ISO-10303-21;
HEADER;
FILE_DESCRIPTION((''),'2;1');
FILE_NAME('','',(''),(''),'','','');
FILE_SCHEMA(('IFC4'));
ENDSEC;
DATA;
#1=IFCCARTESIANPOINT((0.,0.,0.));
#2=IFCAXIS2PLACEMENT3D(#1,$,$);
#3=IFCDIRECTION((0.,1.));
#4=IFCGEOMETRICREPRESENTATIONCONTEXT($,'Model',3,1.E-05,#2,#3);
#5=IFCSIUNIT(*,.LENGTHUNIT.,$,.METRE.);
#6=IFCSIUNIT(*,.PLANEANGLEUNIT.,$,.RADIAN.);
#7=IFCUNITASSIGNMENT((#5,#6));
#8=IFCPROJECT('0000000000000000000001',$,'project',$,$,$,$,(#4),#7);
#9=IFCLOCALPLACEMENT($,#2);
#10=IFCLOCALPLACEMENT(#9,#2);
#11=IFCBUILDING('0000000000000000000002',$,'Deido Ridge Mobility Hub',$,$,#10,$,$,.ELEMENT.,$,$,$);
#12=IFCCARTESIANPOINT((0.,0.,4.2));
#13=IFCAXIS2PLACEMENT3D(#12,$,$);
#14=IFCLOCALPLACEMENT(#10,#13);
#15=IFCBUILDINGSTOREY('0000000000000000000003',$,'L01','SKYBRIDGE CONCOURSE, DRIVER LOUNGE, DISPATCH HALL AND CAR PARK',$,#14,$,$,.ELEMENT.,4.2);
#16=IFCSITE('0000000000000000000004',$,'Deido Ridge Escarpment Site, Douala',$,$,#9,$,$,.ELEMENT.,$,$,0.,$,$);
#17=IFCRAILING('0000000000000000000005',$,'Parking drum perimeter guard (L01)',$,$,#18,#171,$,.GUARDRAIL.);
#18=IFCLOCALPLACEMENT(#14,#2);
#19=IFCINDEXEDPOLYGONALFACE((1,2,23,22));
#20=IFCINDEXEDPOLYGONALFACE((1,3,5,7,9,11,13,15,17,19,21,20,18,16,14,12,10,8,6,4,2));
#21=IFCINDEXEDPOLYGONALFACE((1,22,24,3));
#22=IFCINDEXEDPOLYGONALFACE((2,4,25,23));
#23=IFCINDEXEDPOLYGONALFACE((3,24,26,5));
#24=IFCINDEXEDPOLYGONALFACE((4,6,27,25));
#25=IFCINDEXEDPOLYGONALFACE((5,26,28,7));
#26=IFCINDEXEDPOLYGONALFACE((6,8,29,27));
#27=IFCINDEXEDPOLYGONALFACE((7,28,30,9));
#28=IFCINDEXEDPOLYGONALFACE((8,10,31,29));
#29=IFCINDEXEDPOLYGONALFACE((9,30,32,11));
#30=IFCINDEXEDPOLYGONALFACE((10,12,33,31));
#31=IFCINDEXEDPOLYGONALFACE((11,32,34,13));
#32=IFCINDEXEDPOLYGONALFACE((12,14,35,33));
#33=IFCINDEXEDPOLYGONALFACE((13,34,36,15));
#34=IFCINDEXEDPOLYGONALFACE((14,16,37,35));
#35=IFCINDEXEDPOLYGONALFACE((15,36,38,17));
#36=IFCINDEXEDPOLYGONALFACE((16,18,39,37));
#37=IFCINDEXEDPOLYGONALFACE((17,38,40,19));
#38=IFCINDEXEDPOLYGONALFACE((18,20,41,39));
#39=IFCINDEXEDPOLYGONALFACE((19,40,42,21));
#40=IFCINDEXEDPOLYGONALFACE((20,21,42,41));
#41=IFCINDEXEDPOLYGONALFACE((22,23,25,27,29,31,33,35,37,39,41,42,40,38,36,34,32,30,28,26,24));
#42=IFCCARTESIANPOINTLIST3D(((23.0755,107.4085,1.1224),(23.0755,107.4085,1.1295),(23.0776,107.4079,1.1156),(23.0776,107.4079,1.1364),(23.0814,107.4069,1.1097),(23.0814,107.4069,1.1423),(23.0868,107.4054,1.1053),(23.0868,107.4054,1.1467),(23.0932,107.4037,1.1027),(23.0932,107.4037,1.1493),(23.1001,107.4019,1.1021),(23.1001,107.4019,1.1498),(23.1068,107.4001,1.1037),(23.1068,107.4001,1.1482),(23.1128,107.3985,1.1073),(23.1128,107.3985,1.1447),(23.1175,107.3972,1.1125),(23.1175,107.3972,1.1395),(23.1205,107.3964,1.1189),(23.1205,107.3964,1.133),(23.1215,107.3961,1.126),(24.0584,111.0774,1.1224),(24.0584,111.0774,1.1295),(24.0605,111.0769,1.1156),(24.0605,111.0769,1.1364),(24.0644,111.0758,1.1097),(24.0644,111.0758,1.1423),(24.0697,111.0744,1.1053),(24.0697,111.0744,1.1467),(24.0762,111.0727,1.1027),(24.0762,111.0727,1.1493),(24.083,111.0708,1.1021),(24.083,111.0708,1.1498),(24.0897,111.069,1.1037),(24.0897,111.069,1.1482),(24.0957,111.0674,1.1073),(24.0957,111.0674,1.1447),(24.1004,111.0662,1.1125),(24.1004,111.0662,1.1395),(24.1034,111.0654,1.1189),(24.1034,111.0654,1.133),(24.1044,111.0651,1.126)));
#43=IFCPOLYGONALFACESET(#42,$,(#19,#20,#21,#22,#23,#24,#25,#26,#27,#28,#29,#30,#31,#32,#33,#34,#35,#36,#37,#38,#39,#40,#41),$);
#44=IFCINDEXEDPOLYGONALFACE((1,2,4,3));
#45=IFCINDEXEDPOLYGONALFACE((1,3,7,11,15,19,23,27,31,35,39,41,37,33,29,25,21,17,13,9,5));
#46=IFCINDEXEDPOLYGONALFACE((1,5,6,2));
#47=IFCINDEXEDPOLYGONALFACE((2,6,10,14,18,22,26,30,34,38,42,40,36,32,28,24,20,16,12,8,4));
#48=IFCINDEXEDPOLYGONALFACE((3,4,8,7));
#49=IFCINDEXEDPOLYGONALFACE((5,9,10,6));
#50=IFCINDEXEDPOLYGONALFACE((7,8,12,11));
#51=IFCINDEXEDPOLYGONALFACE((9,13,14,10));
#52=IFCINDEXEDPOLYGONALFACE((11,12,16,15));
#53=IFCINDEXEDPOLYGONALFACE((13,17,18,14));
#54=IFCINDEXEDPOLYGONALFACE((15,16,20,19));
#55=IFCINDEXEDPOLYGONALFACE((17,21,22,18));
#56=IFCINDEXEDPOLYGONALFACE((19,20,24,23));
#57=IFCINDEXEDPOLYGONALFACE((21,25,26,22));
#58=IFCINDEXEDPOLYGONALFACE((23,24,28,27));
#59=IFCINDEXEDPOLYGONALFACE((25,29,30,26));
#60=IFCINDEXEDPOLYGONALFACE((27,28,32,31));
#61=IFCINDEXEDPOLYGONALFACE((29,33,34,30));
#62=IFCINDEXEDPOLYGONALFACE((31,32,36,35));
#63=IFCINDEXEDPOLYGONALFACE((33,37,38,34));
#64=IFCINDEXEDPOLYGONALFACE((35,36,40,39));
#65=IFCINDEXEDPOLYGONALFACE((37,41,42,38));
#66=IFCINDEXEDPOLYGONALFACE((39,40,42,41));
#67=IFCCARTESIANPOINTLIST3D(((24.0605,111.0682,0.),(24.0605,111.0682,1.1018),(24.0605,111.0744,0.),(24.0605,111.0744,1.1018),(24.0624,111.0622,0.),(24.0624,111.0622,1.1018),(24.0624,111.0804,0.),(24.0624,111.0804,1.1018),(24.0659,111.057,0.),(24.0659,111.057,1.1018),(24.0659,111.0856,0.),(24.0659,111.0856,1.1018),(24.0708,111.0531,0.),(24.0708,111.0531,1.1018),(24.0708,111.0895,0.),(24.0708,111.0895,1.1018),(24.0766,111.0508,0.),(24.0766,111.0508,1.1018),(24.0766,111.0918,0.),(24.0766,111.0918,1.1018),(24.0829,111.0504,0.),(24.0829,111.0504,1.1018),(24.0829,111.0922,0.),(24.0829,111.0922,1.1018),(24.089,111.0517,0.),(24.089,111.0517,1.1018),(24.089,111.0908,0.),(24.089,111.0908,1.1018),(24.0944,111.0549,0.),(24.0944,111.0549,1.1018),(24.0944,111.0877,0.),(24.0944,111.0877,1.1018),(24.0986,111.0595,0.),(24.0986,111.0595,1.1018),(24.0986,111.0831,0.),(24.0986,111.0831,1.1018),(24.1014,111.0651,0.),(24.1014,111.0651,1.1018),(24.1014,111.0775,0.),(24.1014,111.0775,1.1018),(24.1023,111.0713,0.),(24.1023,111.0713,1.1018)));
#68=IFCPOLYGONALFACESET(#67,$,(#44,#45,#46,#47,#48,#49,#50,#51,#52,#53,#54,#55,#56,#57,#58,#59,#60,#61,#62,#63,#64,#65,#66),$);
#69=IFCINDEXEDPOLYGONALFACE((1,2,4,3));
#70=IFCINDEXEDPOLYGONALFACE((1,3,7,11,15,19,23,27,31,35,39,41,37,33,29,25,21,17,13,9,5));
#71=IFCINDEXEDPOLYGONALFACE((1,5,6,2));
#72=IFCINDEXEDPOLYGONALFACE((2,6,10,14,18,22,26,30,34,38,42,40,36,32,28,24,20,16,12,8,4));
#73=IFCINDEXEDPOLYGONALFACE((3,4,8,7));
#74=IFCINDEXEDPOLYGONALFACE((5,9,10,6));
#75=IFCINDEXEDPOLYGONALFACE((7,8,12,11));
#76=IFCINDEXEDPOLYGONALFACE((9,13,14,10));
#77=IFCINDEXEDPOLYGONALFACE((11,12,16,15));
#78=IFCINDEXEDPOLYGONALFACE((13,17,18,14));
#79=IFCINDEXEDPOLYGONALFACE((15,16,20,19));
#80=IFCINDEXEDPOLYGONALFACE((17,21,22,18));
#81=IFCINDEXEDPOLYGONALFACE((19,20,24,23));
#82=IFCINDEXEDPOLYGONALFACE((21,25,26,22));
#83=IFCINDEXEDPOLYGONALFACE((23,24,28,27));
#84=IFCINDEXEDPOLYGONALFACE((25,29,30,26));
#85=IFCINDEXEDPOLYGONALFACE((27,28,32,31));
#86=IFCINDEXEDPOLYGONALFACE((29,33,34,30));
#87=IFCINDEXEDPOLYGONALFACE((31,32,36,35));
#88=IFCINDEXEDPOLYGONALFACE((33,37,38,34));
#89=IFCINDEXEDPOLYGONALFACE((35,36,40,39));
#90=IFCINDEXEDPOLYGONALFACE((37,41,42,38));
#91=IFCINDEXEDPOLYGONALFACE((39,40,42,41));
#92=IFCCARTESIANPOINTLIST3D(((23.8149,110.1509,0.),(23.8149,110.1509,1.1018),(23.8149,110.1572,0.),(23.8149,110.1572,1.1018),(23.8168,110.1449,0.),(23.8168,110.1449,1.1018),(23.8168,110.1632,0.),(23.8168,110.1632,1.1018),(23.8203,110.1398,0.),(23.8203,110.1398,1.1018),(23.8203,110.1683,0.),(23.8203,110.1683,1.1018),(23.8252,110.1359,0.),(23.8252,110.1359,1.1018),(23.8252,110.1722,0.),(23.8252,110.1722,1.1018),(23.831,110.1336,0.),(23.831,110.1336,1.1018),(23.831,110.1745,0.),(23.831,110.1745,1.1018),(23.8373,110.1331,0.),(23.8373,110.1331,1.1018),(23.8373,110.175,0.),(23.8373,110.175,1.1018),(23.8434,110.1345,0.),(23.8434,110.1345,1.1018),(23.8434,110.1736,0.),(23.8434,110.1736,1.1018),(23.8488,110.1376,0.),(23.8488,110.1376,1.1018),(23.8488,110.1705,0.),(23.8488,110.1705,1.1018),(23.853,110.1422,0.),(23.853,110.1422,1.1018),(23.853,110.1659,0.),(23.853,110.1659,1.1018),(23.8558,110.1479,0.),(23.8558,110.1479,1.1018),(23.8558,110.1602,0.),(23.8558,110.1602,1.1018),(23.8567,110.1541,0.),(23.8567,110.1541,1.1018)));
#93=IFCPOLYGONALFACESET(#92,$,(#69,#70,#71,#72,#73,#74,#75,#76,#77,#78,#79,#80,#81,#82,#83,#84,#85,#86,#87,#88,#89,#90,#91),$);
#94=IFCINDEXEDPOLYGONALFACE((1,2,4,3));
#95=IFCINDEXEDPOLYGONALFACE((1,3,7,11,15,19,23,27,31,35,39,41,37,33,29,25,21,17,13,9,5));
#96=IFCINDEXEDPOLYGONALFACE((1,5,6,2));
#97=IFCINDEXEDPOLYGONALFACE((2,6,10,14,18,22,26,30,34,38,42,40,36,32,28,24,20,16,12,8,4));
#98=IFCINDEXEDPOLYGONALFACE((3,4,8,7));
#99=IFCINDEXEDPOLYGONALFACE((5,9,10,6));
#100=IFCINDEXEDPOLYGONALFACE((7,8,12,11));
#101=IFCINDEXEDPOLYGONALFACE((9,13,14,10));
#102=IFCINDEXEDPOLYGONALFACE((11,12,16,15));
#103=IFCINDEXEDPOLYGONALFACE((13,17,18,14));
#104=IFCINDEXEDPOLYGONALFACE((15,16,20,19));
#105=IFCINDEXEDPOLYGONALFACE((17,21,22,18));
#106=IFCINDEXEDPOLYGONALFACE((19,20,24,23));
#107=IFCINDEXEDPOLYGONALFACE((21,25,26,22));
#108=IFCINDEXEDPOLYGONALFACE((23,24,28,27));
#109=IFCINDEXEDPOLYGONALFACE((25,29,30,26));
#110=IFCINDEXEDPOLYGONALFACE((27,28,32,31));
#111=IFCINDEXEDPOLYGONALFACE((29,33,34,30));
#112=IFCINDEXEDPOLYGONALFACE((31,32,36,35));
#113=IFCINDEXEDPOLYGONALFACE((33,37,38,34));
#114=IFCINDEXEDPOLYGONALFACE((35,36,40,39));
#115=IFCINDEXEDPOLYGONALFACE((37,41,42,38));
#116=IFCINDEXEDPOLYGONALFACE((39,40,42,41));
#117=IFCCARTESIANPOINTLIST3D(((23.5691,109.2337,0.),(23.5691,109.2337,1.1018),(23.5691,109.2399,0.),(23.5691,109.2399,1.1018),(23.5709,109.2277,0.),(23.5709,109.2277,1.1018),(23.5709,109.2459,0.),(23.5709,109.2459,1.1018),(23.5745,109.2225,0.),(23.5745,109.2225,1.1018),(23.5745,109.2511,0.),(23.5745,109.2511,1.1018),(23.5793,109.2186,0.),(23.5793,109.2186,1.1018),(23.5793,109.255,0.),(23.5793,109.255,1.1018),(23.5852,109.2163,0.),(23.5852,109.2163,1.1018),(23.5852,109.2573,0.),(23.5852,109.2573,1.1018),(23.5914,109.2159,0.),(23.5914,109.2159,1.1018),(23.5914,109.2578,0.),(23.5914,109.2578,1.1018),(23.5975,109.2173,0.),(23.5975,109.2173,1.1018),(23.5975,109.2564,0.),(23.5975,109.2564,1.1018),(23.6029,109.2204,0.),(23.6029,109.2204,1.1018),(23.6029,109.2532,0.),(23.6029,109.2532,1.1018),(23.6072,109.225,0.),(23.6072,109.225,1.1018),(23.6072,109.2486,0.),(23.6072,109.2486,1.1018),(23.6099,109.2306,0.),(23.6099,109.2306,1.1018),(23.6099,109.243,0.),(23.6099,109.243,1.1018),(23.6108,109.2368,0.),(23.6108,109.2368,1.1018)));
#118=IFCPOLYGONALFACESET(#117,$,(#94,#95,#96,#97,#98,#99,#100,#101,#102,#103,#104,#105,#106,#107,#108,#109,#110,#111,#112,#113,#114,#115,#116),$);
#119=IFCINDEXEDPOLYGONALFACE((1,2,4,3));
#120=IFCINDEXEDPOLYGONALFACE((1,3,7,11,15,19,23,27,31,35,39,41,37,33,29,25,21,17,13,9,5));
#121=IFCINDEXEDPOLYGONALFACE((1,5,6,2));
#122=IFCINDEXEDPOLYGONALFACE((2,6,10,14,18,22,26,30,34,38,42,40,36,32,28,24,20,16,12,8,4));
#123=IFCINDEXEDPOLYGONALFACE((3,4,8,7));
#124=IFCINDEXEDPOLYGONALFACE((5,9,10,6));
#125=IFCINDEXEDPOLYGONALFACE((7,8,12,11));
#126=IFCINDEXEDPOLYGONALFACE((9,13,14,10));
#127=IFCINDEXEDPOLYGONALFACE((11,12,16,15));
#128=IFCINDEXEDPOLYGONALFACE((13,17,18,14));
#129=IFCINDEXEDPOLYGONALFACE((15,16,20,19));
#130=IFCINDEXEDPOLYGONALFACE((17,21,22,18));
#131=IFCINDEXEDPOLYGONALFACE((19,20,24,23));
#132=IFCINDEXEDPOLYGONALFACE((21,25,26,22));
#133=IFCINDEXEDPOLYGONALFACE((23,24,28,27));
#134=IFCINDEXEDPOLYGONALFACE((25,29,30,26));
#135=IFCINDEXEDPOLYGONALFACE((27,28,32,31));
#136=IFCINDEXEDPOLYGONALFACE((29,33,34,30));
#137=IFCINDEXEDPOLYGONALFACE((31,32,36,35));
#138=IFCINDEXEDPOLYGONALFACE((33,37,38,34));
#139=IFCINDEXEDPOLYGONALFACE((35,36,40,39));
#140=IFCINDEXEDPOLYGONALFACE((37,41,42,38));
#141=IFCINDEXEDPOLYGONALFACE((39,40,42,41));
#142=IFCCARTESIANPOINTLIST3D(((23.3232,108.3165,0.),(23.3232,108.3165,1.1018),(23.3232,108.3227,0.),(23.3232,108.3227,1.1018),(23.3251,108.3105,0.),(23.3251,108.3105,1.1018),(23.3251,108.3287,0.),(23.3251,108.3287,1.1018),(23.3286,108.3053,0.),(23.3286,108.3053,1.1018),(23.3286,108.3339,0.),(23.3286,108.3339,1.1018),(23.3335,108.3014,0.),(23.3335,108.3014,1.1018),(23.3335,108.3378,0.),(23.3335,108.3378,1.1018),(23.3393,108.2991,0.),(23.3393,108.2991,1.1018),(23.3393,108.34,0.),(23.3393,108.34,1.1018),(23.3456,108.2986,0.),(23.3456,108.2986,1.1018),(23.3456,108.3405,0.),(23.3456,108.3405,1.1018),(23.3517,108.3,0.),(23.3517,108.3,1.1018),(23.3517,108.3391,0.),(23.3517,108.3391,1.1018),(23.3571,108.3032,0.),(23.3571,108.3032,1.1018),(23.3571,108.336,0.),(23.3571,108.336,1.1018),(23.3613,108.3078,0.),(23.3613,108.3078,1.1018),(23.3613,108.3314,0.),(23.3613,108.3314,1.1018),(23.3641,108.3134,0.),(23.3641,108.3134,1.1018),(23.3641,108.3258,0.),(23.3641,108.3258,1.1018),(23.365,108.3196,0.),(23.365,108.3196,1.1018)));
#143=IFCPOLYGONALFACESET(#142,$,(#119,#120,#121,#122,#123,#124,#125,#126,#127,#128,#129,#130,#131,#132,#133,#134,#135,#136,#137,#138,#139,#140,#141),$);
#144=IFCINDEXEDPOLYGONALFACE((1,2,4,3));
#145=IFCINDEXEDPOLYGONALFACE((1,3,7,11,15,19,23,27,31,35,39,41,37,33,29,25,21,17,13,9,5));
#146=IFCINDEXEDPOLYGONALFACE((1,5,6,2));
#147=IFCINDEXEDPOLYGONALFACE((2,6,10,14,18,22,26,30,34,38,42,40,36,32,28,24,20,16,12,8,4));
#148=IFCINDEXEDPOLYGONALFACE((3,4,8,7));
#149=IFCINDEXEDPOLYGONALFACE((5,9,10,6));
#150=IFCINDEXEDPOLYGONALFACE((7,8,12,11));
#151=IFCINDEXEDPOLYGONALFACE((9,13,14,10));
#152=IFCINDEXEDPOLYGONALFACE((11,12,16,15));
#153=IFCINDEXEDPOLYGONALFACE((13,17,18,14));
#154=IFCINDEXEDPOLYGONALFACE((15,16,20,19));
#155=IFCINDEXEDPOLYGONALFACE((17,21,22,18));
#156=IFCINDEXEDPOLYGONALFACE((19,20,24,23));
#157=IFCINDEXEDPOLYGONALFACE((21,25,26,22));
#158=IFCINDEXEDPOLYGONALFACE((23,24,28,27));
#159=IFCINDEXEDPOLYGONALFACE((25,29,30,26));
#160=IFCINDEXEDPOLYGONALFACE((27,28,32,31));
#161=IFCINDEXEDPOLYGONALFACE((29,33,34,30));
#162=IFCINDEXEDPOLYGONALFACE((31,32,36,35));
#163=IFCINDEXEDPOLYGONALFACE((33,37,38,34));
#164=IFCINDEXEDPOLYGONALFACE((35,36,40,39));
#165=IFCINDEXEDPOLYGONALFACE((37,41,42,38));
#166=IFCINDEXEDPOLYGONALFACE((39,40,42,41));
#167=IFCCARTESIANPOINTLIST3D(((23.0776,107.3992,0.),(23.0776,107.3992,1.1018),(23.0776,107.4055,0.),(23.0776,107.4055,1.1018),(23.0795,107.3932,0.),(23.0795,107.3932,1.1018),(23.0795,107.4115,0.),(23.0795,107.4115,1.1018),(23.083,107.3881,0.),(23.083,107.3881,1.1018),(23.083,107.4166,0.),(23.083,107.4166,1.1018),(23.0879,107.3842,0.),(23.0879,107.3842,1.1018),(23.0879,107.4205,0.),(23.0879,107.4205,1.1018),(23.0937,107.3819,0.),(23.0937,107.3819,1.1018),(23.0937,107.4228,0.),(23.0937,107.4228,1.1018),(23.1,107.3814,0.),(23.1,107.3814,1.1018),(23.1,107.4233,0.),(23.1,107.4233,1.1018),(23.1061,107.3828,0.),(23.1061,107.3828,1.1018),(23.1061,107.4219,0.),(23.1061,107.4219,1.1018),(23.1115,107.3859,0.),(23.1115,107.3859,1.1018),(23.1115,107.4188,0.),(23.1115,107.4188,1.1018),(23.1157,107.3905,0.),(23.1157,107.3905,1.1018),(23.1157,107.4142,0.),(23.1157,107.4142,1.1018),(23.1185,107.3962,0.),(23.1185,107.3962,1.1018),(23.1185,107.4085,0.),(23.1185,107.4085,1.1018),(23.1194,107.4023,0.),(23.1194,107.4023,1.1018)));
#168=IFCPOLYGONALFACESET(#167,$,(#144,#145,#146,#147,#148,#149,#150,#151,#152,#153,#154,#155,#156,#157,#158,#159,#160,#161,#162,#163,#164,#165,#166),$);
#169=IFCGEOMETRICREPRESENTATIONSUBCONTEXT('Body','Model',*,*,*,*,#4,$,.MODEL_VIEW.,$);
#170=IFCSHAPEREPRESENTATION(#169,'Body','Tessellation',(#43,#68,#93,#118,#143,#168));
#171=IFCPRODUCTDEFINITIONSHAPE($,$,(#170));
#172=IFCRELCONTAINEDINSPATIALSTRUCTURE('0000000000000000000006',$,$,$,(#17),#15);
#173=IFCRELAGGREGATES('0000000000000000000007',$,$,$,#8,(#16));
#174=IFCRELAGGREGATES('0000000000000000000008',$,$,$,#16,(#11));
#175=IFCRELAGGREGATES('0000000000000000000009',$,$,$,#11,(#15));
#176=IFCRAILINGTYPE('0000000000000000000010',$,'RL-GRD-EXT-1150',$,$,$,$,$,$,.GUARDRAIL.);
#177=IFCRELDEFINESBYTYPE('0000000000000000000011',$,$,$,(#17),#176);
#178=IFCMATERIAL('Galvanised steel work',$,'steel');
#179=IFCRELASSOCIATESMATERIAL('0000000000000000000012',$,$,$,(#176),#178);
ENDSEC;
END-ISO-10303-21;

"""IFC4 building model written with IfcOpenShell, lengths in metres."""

from ifc_helpers import new_model, si_unit, direction, frame, origin, origin_2d, place, context, subcontext, project, spatial, circle, extrude, material, type_object, element, save


model = new_model("IFC4")

# Units and contexts
model_context = context("Model", 3, precision=1e-05, world=origin(), true_north=direction((0.0, 1.0)))
body_context = subcontext(model_context, "Body", "Model", "MODEL_VIEW")
ifc_project = project(units=[si_unit("LENGTHUNIT", "METRE"), si_unit("PLANEANGLEUNIT", "RADIAN")], contexts=[model_context])

# Site, building, storey
site_placement = place(None, origin())
site = spatial("IfcSite", under=ifc_project, at=site_placement, Name="Deido Ridge Escarpment Site, Douala", CompositionType="ELEMENT", RefElevation=0.0)
building_placement = place(site_placement, origin())
building = spatial("IfcBuilding", under=site, at=building_placement, Name="Deido Ridge Mobility Hub", CompositionType="ELEMENT")
storey_placement = place(building_placement, frame((0.0, 0.0, 4.2)))
storey = spatial("IfcBuildingStorey", under=building, at=storey_placement, Name="L01", Description="SKYBRIDGE CONCOURSE, DRIVER LOUNGE, DISPATCH HALL AND CAR PARK", CompositionType="ELEMENT", Elevation=4.2)

# Railing
ifc_material_1 = material(Name="Galvanised steel work", Category="steel")
railing_type = type_object("IfcRailingType", Name="RL-GRD-EXT-1150", PredefinedType="GUARDRAIL", material=ifc_material_1)
railing_1_placement = place(storey_placement, frame((24.0813, 111.0713, 0.0)))
element("IfcRailing", 1, at=railing_1_placement, inside=storey, type_object=railing_type, Name="Parking drum perimeter guard (L01)", PredefinedType="GUARDRAIL", context=body_context, shape_type="SweptSolid", body=[
    extrude(circle(Radius=0.0239, at=origin_2d()), frame((0.0, 0.0, 1.126), z_axis=(-0.258775, -0.965938, 0.0), x_axis=(0.965938, -0.258775, 0.0)), (0.0, 0.0, 1.0), 3.7983),
    extrude(circle(Radius=0.021, at=origin_2d()), origin(), (0.0, 0.0, 1.0), 1.1018),
    extrude(circle(Radius=0.021, at=origin_2d()), frame((-0.2456, -0.9172, 0.0)), (0.0, 0.0, 1.0), 1.1018),
    extrude(circle(Radius=0.021, at=origin_2d()), frame((-0.4915, -1.8345, 0.0)), (0.0, 0.0, 1.0), 1.1018),
    extrude(circle(Radius=0.021, at=origin_2d()), frame((-0.7373, -2.7517, 0.0)), (0.0, 0.0, 1.0), 1.1018),
    extrude(circle(Radius=0.021, at=origin_2d()), frame((-0.9829, -3.6689, 0.0)), (0.0, 0.0, 1.0), 1.1018),
])

save(model, "model.ifc")
